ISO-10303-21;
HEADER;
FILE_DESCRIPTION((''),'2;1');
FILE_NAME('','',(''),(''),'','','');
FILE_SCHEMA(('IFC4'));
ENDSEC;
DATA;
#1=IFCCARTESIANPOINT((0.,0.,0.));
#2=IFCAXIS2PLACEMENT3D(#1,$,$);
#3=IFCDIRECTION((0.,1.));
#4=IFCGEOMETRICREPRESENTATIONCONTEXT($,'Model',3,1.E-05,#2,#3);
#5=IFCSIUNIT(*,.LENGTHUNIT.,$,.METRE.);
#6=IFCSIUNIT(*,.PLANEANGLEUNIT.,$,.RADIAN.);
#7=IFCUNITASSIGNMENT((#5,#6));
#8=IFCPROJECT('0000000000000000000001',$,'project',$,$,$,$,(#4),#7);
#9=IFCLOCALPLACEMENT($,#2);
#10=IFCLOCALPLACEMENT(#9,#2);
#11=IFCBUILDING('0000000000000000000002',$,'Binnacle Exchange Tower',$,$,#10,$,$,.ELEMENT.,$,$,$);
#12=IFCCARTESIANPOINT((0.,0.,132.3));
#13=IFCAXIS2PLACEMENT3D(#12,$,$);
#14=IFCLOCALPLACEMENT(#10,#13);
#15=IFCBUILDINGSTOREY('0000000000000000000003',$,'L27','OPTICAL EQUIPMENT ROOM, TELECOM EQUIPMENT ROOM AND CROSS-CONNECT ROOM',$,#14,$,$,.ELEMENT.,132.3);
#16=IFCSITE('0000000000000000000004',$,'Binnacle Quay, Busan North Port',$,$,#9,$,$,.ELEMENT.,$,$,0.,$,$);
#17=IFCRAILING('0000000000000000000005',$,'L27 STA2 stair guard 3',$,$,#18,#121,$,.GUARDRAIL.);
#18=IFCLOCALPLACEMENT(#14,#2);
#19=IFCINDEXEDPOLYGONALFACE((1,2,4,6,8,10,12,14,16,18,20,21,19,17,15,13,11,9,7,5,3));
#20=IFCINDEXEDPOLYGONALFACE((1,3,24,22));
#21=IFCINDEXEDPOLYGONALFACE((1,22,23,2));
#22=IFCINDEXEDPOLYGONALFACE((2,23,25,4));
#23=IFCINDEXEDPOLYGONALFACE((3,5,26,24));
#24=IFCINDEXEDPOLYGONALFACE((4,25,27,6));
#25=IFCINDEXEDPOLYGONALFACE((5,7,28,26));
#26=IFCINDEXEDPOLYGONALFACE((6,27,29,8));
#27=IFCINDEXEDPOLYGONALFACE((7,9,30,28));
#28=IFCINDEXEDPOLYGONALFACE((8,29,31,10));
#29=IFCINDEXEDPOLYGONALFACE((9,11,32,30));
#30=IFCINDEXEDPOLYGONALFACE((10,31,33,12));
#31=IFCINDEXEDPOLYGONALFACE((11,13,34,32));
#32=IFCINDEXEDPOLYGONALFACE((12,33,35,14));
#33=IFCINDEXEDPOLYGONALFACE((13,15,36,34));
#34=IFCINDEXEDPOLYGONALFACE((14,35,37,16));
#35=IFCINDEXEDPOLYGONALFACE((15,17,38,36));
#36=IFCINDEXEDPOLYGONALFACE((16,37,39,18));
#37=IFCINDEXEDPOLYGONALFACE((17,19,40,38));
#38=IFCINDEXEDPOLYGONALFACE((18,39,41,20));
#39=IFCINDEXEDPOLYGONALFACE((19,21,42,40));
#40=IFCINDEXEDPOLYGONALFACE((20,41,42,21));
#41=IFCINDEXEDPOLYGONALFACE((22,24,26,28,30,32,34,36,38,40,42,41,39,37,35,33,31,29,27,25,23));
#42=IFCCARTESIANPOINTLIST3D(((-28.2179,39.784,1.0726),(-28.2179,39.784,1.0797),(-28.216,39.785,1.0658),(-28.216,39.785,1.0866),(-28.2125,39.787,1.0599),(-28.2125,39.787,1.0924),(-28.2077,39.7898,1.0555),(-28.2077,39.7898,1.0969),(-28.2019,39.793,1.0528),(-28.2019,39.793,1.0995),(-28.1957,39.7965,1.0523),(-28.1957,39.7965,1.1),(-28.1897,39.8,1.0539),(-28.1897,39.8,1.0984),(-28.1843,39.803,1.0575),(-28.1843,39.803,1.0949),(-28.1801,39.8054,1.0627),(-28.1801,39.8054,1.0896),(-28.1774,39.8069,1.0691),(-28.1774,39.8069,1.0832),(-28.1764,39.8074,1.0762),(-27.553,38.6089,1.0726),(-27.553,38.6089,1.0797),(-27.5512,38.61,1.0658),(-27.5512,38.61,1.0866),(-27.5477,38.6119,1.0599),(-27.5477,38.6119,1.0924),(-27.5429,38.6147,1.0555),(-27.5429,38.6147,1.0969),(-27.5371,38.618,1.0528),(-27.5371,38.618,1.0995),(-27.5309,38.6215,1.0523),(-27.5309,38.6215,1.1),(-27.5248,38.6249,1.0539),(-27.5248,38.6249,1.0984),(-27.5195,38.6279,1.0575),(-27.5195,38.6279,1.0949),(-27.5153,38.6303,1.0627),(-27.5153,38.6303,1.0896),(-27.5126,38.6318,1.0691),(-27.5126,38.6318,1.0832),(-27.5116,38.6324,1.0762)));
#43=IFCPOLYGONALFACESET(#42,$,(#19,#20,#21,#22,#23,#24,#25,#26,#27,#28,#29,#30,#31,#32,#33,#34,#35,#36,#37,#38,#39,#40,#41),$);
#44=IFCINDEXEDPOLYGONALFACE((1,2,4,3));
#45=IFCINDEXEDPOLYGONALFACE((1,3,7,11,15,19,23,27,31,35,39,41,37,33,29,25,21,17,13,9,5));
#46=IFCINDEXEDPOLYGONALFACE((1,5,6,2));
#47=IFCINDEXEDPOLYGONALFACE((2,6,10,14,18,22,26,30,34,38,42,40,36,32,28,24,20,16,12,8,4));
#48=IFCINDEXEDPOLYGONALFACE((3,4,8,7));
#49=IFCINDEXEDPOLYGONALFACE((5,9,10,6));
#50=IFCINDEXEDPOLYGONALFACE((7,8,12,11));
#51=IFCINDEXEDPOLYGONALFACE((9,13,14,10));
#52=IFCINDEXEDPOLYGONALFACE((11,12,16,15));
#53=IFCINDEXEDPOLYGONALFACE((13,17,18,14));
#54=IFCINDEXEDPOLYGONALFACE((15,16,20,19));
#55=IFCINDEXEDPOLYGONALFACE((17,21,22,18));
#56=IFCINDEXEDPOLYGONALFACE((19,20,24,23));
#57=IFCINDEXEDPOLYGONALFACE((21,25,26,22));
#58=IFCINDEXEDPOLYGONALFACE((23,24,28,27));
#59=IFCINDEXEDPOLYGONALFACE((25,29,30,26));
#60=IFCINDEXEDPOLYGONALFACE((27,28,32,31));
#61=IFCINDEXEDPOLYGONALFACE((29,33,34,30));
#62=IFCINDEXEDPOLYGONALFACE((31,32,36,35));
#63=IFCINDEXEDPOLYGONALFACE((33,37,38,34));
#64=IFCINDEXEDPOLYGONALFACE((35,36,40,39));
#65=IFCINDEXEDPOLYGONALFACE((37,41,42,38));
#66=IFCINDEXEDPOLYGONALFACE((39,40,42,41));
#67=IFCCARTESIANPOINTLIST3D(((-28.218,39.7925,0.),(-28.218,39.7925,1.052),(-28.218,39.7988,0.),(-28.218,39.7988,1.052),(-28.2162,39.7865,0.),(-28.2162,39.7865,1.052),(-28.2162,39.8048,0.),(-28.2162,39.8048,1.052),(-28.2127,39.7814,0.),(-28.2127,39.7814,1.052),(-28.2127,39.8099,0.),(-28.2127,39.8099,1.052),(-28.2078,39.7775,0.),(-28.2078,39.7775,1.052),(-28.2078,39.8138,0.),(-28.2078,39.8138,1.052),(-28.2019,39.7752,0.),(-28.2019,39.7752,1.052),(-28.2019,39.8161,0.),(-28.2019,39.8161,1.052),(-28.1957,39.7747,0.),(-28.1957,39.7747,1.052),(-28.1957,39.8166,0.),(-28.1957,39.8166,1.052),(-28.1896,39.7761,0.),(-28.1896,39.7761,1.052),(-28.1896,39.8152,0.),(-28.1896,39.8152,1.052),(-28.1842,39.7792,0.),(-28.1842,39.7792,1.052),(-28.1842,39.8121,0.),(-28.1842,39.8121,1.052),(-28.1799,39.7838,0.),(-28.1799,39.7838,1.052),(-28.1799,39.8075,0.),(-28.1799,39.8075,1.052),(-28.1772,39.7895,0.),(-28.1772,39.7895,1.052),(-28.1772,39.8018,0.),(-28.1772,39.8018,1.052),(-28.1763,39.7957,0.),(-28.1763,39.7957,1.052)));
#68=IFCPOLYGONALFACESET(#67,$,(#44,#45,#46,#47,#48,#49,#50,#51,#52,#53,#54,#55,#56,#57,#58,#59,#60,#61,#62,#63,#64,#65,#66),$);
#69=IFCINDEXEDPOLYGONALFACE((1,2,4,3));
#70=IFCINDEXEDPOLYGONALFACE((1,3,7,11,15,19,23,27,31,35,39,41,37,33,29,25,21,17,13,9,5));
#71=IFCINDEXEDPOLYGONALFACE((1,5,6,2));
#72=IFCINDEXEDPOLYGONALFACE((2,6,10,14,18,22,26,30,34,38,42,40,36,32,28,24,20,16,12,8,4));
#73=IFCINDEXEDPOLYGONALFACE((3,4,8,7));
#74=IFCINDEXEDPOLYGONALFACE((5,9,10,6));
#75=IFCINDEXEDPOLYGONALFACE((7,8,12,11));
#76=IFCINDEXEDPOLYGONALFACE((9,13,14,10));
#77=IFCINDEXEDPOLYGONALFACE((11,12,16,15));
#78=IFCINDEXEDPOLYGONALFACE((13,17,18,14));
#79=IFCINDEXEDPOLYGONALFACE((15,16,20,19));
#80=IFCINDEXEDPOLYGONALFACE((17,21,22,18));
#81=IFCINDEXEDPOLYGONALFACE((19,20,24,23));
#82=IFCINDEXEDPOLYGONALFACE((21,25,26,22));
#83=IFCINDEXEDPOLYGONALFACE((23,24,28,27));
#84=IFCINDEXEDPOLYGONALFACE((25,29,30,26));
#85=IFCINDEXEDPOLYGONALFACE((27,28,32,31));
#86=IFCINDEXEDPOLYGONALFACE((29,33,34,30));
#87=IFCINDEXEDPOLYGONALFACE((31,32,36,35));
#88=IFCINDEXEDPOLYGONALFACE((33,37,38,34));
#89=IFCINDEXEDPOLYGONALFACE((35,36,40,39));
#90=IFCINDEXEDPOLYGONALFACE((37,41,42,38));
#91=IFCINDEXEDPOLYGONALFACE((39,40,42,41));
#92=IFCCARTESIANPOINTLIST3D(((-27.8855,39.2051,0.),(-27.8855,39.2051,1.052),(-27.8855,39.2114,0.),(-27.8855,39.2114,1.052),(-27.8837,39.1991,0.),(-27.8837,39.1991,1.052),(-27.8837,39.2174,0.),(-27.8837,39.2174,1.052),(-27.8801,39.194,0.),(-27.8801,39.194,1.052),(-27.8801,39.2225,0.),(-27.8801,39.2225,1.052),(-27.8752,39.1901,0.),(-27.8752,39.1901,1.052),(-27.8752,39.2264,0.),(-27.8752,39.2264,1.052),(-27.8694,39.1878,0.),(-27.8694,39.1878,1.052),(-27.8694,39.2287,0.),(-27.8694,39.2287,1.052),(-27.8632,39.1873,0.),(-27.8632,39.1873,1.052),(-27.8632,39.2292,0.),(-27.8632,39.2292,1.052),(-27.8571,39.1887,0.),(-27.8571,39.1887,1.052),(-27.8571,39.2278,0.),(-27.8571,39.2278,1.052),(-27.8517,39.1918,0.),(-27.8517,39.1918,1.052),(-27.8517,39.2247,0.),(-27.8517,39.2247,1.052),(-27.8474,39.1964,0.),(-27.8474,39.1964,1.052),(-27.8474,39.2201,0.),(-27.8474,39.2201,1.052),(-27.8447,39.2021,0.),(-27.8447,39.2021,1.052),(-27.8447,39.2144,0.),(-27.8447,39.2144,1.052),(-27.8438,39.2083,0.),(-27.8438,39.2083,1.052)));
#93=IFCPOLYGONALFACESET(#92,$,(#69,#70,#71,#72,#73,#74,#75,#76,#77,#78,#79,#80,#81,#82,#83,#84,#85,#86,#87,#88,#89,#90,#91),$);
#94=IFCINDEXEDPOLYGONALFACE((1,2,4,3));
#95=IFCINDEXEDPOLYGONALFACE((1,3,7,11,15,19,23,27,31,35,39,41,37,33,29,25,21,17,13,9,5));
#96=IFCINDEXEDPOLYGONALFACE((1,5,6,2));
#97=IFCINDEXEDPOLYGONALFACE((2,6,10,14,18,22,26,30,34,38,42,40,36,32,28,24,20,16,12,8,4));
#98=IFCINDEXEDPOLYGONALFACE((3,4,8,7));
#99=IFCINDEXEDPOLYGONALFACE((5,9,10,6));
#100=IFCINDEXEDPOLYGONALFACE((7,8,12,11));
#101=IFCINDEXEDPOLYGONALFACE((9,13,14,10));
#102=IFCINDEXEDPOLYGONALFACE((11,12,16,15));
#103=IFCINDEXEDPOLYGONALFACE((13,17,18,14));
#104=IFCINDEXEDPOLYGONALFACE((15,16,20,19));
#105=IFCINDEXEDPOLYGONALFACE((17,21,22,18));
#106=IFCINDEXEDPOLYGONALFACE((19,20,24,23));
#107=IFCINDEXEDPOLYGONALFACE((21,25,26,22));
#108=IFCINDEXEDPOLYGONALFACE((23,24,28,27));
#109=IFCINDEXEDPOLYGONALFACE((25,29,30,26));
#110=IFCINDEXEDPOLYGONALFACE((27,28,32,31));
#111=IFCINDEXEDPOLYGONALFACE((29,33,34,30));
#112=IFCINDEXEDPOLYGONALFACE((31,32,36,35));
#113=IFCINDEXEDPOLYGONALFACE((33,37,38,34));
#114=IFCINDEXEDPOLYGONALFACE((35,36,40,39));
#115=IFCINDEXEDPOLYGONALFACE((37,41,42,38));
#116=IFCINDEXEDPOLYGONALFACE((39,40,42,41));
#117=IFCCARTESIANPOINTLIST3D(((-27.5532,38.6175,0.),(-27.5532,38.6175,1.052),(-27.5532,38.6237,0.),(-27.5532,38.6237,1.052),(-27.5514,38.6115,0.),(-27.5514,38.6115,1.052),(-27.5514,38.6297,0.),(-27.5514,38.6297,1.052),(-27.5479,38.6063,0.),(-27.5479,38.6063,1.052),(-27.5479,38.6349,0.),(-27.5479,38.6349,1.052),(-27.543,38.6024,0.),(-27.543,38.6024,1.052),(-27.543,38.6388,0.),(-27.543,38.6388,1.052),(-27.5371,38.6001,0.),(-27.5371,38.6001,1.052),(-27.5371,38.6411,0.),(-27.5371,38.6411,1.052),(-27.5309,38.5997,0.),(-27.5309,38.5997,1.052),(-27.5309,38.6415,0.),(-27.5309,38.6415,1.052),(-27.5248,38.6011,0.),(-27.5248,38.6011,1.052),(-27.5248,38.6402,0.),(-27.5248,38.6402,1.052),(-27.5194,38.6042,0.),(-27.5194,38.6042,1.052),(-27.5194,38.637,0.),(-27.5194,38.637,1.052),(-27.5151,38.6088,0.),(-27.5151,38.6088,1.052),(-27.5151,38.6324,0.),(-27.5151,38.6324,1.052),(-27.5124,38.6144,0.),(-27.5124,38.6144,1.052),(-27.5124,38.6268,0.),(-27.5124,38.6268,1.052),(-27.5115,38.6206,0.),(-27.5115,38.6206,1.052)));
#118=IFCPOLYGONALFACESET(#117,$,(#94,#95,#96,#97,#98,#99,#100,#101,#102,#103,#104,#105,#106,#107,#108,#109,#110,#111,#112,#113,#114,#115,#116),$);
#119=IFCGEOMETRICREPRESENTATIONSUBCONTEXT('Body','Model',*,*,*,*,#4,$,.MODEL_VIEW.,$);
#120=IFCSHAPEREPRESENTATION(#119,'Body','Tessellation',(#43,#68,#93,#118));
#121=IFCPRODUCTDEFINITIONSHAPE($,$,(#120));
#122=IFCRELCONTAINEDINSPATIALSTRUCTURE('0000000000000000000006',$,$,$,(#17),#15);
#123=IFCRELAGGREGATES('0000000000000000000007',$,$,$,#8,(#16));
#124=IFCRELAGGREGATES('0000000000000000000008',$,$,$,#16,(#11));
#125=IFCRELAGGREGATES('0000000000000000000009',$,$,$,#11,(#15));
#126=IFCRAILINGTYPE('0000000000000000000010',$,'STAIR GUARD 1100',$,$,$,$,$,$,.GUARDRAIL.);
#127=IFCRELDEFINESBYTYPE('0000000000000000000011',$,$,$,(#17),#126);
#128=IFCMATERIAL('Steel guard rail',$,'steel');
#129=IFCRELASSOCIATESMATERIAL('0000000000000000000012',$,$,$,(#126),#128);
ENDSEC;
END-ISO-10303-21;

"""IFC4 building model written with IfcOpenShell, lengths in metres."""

from ifc_helpers import new_model, si_unit, direction, frame, origin, origin_2d, place, context, subcontext, project, spatial, circle, extrude, material, type_object, element, save


model = new_model("IFC4")

# Units and contexts
model_context = context("Model", 3, precision=1e-05, world=origin(), true_north=direction((0.0, 1.0)))
body_context = subcontext(model_context, "Body", "Model", "MODEL_VIEW")
ifc_project = project(units=[si_unit("LENGTHUNIT", "METRE"), si_unit("PLANEANGLEUNIT", "RADIAN")], contexts=[model_context])

# Site, building, storey
site_placement = place(None, origin())
site = spatial("IfcSite", under=ifc_project, at=site_placement, Name="Binnacle Quay, Busan North Port", CompositionType="ELEMENT", RefElevation=0.0)
building_placement = place(site_placement, origin())
building = spatial("IfcBuilding", under=site, at=building_placement, Name="Binnacle Exchange Tower", CompositionType="ELEMENT")
storey_placement = place(building_placement, frame((0.0, 0.0, 132.3)))
storey = spatial("IfcBuildingStorey", under=building, at=storey_placement, Name="L27", Description="OPTICAL EQUIPMENT ROOM, TELECOM EQUIPMENT ROOM AND CROSS-CONNECT ROOM", CompositionType="ELEMENT", Elevation=132.3)

# Railing
ifc_material_1 = material(Name="Steel guard rail", Category="steel")
railing_type_1 = type_object("IfcRailingType", Name="STAIR GUARD 1100", PredefinedType="GUARDRAIL", material=ifc_material_1)
railing_1_placement = place(storey_placement, frame((-28.1973, 39.7957, 0.0)))
element("IfcRailing", 1, at=railing_1_placement, inside=storey, type_object=railing_type_1, Name="L27 STA2 stair guard 3", PredefinedType="GUARDRAIL", context=body_context, shape_type="SweptSolid", body=[
    extrude(circle(Radius=0.0239, at=origin_2d()), frame((0.0, 0.0, 1.0762), z_axis=(0.492415, -0.870361, 0.0), x_axis=(0.870361, 0.492415, 0.0)), (0.0, 0.0, 1.0), 1.3501),
    extrude(circle(Radius=0.021, at=origin_2d()), origin(), (0.0, 0.0, 1.0), 1.052),
    extrude(circle(Radius=0.021, at=origin_2d()), frame((0.3325, -0.5874, 0.0)), (0.0, 0.0, 1.0), 1.052),
    extrude(circle(Radius=0.021, at=origin_2d()), frame((0.6648, -1.175, 0.0)), (0.0, 0.0, 1.0), 1.052),
])

save(model, "model.ifc")
